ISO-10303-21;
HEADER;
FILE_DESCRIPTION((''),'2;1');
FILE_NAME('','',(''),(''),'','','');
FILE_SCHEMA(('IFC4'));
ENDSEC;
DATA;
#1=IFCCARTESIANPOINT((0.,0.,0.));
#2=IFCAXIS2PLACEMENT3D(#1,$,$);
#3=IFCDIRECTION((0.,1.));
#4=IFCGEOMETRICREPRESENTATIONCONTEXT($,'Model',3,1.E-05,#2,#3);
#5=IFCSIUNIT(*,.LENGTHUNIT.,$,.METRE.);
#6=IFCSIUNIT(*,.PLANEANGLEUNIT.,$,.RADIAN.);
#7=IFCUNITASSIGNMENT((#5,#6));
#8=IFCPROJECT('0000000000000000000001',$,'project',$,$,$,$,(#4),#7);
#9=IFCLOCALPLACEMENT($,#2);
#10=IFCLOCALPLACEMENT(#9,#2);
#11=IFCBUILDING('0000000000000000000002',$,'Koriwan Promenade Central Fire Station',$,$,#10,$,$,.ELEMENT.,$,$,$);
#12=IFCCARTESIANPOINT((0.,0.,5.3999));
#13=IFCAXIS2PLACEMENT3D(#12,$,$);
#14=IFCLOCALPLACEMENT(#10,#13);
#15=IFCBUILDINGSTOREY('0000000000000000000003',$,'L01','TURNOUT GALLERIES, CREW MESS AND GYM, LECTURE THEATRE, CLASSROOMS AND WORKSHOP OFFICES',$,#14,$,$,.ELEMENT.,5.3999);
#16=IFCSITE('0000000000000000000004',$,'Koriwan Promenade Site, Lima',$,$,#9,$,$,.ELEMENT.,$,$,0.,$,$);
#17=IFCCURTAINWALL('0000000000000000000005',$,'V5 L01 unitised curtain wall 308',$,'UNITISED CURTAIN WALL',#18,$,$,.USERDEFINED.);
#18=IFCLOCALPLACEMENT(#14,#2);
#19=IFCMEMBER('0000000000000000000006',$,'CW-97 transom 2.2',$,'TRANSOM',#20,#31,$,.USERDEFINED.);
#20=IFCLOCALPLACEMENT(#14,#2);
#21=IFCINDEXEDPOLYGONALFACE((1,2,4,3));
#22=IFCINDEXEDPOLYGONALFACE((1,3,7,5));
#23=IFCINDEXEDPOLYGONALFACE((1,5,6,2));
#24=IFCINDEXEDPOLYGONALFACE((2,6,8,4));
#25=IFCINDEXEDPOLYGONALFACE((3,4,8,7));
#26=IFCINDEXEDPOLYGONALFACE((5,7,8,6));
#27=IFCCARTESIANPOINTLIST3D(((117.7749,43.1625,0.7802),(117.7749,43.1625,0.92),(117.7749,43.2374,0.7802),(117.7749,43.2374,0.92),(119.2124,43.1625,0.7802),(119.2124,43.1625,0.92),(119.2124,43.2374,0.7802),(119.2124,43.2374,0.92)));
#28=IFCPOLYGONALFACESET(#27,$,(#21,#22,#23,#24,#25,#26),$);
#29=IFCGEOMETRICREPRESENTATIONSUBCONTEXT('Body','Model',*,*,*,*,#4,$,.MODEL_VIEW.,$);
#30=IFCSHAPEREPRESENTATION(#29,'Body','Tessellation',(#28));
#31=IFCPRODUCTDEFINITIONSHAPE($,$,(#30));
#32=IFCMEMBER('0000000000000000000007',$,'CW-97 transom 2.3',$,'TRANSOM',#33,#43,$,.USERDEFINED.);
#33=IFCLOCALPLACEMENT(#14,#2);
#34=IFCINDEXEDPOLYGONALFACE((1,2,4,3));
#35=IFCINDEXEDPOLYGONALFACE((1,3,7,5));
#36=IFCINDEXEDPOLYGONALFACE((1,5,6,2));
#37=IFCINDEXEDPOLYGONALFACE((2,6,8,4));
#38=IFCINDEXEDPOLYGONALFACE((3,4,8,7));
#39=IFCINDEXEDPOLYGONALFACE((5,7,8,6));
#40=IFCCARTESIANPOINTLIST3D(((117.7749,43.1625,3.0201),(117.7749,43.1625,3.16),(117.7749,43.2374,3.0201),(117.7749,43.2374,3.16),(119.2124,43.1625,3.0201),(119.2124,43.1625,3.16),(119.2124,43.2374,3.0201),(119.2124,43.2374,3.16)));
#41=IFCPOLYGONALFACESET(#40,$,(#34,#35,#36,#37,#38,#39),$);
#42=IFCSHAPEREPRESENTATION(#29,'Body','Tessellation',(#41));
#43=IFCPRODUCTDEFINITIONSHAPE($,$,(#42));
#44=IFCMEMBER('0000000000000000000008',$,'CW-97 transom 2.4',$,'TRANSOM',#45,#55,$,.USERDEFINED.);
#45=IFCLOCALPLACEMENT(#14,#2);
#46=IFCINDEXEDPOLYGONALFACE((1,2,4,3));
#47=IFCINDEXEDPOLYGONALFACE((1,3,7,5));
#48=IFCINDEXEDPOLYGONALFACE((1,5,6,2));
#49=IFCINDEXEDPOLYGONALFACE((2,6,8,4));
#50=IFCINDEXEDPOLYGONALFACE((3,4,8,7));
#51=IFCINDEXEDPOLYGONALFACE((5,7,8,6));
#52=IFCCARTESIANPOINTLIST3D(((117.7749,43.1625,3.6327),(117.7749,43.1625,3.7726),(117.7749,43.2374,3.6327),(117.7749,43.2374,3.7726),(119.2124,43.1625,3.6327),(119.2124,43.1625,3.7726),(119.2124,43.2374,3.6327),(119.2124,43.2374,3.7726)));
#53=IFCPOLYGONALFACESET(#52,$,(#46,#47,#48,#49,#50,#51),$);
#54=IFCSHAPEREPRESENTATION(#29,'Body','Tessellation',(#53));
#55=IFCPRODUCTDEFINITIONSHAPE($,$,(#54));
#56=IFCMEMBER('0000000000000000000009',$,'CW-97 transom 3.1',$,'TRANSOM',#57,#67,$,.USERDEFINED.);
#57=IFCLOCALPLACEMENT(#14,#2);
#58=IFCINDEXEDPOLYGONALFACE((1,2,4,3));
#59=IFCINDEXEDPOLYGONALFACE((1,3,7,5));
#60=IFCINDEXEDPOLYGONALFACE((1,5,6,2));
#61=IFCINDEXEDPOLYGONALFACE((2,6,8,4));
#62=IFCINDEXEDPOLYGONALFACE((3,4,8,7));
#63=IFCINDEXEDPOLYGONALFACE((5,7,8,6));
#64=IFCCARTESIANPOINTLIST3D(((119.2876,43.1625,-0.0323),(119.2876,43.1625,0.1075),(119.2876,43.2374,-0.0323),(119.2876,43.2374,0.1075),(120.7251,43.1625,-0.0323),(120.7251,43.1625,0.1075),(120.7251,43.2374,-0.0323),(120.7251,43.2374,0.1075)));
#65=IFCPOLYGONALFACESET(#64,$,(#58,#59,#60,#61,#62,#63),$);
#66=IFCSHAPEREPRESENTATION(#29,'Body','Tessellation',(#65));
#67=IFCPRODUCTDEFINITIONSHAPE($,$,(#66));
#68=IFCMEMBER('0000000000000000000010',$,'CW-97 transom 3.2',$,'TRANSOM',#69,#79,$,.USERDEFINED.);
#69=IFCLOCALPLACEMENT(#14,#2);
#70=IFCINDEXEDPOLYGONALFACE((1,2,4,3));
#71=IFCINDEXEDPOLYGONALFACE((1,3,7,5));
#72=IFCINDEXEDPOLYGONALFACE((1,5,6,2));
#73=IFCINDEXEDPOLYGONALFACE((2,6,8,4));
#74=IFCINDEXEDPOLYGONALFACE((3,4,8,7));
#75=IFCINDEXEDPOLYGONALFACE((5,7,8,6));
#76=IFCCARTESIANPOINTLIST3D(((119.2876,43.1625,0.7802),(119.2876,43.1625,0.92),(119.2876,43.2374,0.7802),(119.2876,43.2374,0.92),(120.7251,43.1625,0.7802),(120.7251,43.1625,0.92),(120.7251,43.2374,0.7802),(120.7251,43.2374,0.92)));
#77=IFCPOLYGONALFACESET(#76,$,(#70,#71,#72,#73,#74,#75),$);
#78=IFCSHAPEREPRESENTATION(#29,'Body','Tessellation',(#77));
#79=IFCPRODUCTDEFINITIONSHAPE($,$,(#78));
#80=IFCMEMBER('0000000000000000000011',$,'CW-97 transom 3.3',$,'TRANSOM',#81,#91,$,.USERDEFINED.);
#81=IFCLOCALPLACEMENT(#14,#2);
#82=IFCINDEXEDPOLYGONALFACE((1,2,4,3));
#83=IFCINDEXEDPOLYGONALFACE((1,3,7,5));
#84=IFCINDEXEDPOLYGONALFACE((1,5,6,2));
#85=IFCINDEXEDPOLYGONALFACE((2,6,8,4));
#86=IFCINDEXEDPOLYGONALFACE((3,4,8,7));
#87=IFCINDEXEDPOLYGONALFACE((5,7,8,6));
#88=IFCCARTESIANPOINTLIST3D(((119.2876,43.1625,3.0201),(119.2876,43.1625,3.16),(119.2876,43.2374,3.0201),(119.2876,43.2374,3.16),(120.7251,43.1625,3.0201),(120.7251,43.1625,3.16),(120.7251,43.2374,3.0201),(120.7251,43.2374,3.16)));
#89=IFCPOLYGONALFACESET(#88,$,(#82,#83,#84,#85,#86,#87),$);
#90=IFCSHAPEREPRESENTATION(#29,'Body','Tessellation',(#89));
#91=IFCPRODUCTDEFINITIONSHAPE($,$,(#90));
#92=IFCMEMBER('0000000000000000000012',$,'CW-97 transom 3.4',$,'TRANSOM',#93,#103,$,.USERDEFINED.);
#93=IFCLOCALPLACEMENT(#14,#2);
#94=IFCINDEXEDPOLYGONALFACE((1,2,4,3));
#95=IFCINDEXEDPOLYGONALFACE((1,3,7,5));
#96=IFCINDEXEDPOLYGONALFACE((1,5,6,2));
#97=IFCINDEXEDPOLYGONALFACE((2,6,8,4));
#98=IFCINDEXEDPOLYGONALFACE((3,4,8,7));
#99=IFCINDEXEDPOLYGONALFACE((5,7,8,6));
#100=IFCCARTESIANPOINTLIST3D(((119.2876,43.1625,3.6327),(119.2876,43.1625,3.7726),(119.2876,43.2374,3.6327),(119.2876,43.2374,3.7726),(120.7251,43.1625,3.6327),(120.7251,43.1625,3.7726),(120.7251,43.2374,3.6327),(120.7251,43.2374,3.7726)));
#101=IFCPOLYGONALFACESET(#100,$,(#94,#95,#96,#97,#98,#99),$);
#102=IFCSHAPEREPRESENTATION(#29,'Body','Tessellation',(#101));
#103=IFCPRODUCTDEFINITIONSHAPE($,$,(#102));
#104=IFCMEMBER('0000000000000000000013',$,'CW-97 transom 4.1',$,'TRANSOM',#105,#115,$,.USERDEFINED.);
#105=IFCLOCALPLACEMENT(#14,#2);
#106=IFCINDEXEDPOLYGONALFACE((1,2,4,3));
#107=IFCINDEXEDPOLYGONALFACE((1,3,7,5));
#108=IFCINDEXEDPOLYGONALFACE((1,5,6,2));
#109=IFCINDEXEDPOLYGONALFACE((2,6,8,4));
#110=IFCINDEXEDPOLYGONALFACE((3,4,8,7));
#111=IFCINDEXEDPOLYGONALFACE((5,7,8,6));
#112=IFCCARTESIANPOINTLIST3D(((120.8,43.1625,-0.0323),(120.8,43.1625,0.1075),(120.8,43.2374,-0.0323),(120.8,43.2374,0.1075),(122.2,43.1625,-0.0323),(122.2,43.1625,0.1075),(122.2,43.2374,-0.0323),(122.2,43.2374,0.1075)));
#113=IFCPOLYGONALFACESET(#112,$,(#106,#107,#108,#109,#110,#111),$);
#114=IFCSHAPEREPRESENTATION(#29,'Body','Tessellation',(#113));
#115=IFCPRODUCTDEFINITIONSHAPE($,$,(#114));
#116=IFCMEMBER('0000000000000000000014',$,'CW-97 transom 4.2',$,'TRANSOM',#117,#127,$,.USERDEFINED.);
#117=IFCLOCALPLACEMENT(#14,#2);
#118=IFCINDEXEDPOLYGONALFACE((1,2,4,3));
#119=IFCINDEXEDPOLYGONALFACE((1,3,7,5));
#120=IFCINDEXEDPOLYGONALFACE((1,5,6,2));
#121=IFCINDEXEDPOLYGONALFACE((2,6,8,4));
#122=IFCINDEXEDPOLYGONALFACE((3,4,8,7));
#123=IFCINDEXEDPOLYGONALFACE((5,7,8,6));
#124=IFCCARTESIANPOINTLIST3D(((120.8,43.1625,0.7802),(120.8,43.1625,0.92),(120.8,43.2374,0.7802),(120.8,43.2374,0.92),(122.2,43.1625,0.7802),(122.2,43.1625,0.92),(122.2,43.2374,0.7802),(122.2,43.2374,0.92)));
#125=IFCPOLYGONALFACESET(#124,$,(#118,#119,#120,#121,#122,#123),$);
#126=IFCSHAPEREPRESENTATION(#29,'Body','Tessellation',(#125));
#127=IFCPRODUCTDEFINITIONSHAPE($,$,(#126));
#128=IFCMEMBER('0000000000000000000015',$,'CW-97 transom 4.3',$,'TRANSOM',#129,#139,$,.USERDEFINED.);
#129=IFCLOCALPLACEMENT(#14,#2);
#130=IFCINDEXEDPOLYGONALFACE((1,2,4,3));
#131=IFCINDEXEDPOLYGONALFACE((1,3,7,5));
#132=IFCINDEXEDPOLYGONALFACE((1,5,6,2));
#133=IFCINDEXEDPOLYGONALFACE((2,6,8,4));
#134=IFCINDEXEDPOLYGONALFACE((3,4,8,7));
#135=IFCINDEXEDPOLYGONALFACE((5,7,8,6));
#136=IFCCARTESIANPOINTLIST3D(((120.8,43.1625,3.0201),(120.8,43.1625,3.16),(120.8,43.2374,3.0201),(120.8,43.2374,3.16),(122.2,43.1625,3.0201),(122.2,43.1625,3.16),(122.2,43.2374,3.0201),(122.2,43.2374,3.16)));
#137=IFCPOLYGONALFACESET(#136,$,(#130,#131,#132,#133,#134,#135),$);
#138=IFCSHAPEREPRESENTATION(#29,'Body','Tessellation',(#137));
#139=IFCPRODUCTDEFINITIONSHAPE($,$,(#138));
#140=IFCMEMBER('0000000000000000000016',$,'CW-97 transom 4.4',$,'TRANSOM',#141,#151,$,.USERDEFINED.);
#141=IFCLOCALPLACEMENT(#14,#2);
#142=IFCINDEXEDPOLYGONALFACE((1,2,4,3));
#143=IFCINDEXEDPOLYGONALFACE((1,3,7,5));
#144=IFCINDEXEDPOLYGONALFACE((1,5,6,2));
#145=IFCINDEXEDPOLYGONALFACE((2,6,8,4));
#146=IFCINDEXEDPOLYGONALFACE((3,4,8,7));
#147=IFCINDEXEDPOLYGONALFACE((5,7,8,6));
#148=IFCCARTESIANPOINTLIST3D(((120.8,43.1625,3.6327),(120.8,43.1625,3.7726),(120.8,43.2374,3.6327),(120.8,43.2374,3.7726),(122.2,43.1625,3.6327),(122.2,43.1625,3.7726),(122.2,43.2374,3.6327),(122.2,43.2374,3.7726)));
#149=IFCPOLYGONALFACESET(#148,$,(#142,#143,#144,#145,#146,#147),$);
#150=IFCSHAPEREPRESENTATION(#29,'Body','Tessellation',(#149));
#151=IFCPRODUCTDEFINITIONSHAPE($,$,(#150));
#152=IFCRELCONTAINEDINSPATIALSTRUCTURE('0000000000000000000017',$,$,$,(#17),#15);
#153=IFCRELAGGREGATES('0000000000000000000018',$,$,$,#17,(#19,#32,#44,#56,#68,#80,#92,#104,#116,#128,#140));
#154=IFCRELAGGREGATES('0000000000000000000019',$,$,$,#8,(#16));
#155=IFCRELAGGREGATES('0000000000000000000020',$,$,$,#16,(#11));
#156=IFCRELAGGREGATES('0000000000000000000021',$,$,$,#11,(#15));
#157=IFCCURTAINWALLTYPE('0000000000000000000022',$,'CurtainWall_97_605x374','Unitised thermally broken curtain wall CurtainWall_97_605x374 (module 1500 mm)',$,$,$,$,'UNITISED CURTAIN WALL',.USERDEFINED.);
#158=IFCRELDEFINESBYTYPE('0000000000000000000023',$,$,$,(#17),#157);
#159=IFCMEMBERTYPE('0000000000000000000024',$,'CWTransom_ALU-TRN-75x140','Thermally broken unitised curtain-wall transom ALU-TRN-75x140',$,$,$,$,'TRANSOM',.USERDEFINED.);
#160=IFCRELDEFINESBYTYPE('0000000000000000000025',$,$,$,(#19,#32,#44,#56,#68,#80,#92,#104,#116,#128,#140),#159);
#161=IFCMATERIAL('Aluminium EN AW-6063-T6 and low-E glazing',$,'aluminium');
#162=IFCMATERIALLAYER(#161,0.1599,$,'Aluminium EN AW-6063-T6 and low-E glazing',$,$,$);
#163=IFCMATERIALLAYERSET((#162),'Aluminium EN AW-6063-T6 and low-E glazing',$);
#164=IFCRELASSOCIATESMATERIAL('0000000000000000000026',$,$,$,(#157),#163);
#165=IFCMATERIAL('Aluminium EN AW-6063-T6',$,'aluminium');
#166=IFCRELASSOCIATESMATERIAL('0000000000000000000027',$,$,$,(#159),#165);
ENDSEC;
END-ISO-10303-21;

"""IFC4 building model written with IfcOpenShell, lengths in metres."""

from ifc_helpers import new_model, si_unit, direction, frame, origin, origin_2d, place, context, subcontext, project, spatial, rectangle, extrude, material, layer, layer_set, material_profile, profile_set, type_object, element, aggregate, save


model = new_model("IFC4")

# Units and contexts
model_context = context("Model", 3, precision=1e-05, world=origin(), true_north=direction((0.0, 1.0)))
body_context = subcontext(model_context, "Body", "Model", "MODEL_VIEW")
ifc_project = project(units=[si_unit("LENGTHUNIT", "METRE"), si_unit("PLANEANGLEUNIT", "RADIAN")], contexts=[model_context])

# Site, building, storey
site_placement = place(None, origin())
site = spatial("IfcSite", under=ifc_project, at=site_placement, Name="Koriwan Promenade Site, Lima", CompositionType="ELEMENT", RefElevation=0.0)
building_placement = place(site_placement, origin())
building = spatial("IfcBuilding", under=site, at=building_placement, Name="Koriwan Promenade Central Fire Station", CompositionType="ELEMENT")
storey_placement = place(building_placement, frame((0.0, 0.0, 5.3999)))
storey = spatial("IfcBuildingStorey", under=building, at=storey_placement, Name="L01", Description="TURNOUT GALLERIES, CREW MESS AND GYM, LECTURE THEATRE, CLASSROOMS AND WORKSHOP OFFICES", CompositionType="ELEMENT", Elevation=5.3999)

# Curtain wall, members
ifc_material_1 = material(Name="Aluminium EN AW-6063-T6 and low-E glazing", Category="aluminium")
ifc_layer_1 = layer(ifc_material_1, 0.1599, Name="Aluminium EN AW-6063-T6 and low-E glazing")
ifc_layer_set_1 = layer_set([ifc_layer_1], Name="Aluminium EN AW-6063-T6 and low-E glazing")
curtain_wall_type = type_object("IfcCurtainWallType", Name="CurtainWall_97_605x374", Description="Unitised thermally broken curtain wall CurtainWall_97_605x374 (module 1500 mm)", ElementType="UNITISED CURTAIN WALL", PredefinedType="USERDEFINED", material=ifc_layer_set_1)
curtain_wall_placement = place(storey_placement, origin())
curtain_wall = element("IfcCurtainWall", 1, at=curtain_wall_placement, inside=storey, type_object=curtain_wall_type, Name="V5 L01 unitised curtain wall 308", ObjectType="UNITISED CURTAIN WALL", PredefinedType="USERDEFINED")
ifc_material_2 = material(Name="Aluminium EN AW-6063-T6", Category="aluminium")
ifc_material_profile_1 = material_profile(ifc_material_2, rectangle(XDim=0.075, YDim=0.1399, at=origin_2d()), Name="ALU-TRN-75x140")
ifc_profile_set_1 = profile_set([ifc_material_profile_1], Name="Aluminium EN AW-6063-T6")
member_type_1 = type_object("IfcMemberType", Name="CWTransom_ALU-TRN-75x140", Description="Thermally broken unitised curtain-wall transom ALU-TRN-75x140", ElementType="TRANSOM", PredefinedType="USERDEFINED", material=ifc_profile_set_1)
member_1_placement = place(storey_placement, frame((117.7749, 43.2, 0.8501), z_axis=(1.0, 0.0, 0.0), x_axis=(0.0, 1.0, 0.0)))
member_1 = element("IfcMember", 2, at=member_1_placement, type_object=member_type_1, Name="CW-97 transom 2.2", ObjectType="TRANSOM", PredefinedType="USERDEFINED", context=body_context, shape_type="SweptSolid", body=[
    extrude(rectangle(XDim=0.075, YDim=0.1399, at=origin_2d()), origin(), (0.0, 0.0, 1.0), 1.4375),
])
member_2_placement = place(storey_placement, frame((117.7749, 43.2, 3.0901), z_axis=(1.0, 0.0, 0.0), x_axis=(0.0, 1.0, 0.0)))
member_2 = element("IfcMember", 3, at=member_2_placement, type_object=member_type_1, Name="CW-97 transom 2.3", ObjectType="TRANSOM", PredefinedType="USERDEFINED", context=body_context, shape_type="SweptSolid", body=[
    extrude(rectangle(XDim=0.075, YDim=0.1399, at=origin_2d()), origin(), (0.0, 0.0, 1.0), 1.4375),
])
member_3_placement = place(storey_placement, frame((117.7749, 43.2, 3.7026), z_axis=(1.0, 0.0, 0.0), x_axis=(0.0, 1.0, 0.0)))
member_3 = element("IfcMember", 4, at=member_3_placement, type_object=member_type_1, Name="CW-97 transom 2.4", ObjectType="TRANSOM", PredefinedType="USERDEFINED", context=body_context, shape_type="SweptSolid", body=[
    extrude(rectangle(XDim=0.075, YDim=0.1399, at=origin_2d()), origin(), (0.0, 0.0, 1.0), 1.4375),
])
member_4_placement = place(storey_placement, frame((119.2876, 43.2, 0.0376), z_axis=(1.0, 0.0, 0.0), x_axis=(0.0, 1.0, 0.0)))
member_4 = element("IfcMember", 5, at=member_4_placement, type_object=member_type_1, Name="CW-97 transom 3.1", ObjectType="TRANSOM", PredefinedType="USERDEFINED", context=body_context, shape_type="SweptSolid", body=[
    extrude(rectangle(XDim=0.075, YDim=0.1399, at=origin_2d()), origin(), (0.0, 0.0, 1.0), 1.4375),
])
member_5_placement = place(storey_placement, frame((119.2876, 43.2, 0.8501), z_axis=(1.0, 0.0, 0.0), x_axis=(0.0, 1.0, 0.0)))
member_5 = element("IfcMember", 6, at=member_5_placement, type_object=member_type_1, Name="CW-97 transom 3.2", ObjectType="TRANSOM", PredefinedType="USERDEFINED", context=body_context, shape_type="SweptSolid", body=[
    extrude(rectangle(XDim=0.075, YDim=0.1399, at=origin_2d()), origin(), (0.0, 0.0, 1.0), 1.4375),
])
member_6_placement = place(storey_placement, frame((119.2876, 43.2, 3.0901), z_axis=(1.0, 0.0, 0.0), x_axis=(0.0, 1.0, 0.0)))
member_6 = element("IfcMember", 7, at=member_6_placement, type_object=member_type_1, Name="CW-97 transom 3.3", ObjectType="TRANSOM", PredefinedType="USERDEFINED", context=body_context, shape_type="SweptSolid", body=[
    extrude(rectangle(XDim=0.075, YDim=0.1399, at=origin_2d()), origin(), (0.0, 0.0, 1.0), 1.4375),
])
member_7_placement = place(storey_placement, frame((119.2876, 43.2, 3.7026), z_axis=(1.0, 0.0, 0.0), x_axis=(0.0, 1.0, 0.0)))
member_7 = element("IfcMember", 8, at=member_7_placement, type_object=member_type_1, Name="CW-97 transom 3.4", ObjectType="TRANSOM", PredefinedType="USERDEFINED", context=body_context, shape_type="SweptSolid", body=[
    extrude(rectangle(XDim=0.075, YDim=0.1399, at=origin_2d()), origin(), (0.0, 0.0, 1.0), 1.4375),
])
member_8_placement = place(storey_placement, frame((120.8, 43.2, 0.0376), z_axis=(1.0, 0.0, 0.0), x_axis=(0.0, 1.0, 0.0)))
member_8 = element("IfcMember", 9, at=member_8_placement, type_object=member_type_1, Name="CW-97 transom 4.1", ObjectType="TRANSOM", PredefinedType="USERDEFINED", context=body_context, shape_type="SweptSolid", body=[
    extrude(rectangle(XDim=0.075, YDim=0.1399, at=origin_2d()), origin(), (0.0, 0.0, 1.0), 1.3999),
])
member_9_placement = place(storey_placement, frame((120.8, 43.2, 0.8501), z_axis=(1.0, 0.0, 0.0), x_axis=(0.0, 1.0, 0.0)))
member_9 = element("IfcMember", 10, at=member_9_placement, type_object=member_type_1, Name="CW-97 transom 4.2", ObjectType="TRANSOM", PredefinedType="USERDEFINED", context=body_context, shape_type="SweptSolid", body=[
    extrude(rectangle(XDim=0.075, YDim=0.1399, at=origin_2d()), origin(), (0.0, 0.0, 1.0), 1.3999),
])
member_10_placement = place(storey_placement, frame((120.8, 43.2, 3.0901), z_axis=(1.0, 0.0, 0.0), x_axis=(0.0, 1.0, 0.0)))
member_10 = element("IfcMember", 11, at=member_10_placement, type_object=member_type_1, Name="CW-97 transom 4.3", ObjectType="TRANSOM", PredefinedType="USERDEFINED", context=body_context, shape_type="SweptSolid", body=[
    extrude(rectangle(XDim=0.075, YDim=0.1399, at=origin_2d()), origin(), (0.0, 0.0, 1.0), 1.3999),
])
member_11_placement = place(storey_placement, frame((120.8, 43.2, 3.7026), z_axis=(1.0, 0.0, 0.0), x_axis=(0.0, 1.0, 0.0)))
member_11 = element("IfcMember", 12, at=member_11_placement, type_object=member_type_1, Name="CW-97 transom 4.4", ObjectType="TRANSOM", PredefinedType="USERDEFINED", context=body_context, shape_type="SweptSolid", body=[
    extrude(rectangle(XDim=0.075, YDim=0.1399, at=origin_2d()), origin(), (0.0, 0.0, 1.0), 1.3999),
])

aggregate(curtain_wall, [member_1, member_2, member_3, member_4, member_5, member_6, member_7, member_8, member_9, member_10, member_11])

save(model, "model.ifc")
